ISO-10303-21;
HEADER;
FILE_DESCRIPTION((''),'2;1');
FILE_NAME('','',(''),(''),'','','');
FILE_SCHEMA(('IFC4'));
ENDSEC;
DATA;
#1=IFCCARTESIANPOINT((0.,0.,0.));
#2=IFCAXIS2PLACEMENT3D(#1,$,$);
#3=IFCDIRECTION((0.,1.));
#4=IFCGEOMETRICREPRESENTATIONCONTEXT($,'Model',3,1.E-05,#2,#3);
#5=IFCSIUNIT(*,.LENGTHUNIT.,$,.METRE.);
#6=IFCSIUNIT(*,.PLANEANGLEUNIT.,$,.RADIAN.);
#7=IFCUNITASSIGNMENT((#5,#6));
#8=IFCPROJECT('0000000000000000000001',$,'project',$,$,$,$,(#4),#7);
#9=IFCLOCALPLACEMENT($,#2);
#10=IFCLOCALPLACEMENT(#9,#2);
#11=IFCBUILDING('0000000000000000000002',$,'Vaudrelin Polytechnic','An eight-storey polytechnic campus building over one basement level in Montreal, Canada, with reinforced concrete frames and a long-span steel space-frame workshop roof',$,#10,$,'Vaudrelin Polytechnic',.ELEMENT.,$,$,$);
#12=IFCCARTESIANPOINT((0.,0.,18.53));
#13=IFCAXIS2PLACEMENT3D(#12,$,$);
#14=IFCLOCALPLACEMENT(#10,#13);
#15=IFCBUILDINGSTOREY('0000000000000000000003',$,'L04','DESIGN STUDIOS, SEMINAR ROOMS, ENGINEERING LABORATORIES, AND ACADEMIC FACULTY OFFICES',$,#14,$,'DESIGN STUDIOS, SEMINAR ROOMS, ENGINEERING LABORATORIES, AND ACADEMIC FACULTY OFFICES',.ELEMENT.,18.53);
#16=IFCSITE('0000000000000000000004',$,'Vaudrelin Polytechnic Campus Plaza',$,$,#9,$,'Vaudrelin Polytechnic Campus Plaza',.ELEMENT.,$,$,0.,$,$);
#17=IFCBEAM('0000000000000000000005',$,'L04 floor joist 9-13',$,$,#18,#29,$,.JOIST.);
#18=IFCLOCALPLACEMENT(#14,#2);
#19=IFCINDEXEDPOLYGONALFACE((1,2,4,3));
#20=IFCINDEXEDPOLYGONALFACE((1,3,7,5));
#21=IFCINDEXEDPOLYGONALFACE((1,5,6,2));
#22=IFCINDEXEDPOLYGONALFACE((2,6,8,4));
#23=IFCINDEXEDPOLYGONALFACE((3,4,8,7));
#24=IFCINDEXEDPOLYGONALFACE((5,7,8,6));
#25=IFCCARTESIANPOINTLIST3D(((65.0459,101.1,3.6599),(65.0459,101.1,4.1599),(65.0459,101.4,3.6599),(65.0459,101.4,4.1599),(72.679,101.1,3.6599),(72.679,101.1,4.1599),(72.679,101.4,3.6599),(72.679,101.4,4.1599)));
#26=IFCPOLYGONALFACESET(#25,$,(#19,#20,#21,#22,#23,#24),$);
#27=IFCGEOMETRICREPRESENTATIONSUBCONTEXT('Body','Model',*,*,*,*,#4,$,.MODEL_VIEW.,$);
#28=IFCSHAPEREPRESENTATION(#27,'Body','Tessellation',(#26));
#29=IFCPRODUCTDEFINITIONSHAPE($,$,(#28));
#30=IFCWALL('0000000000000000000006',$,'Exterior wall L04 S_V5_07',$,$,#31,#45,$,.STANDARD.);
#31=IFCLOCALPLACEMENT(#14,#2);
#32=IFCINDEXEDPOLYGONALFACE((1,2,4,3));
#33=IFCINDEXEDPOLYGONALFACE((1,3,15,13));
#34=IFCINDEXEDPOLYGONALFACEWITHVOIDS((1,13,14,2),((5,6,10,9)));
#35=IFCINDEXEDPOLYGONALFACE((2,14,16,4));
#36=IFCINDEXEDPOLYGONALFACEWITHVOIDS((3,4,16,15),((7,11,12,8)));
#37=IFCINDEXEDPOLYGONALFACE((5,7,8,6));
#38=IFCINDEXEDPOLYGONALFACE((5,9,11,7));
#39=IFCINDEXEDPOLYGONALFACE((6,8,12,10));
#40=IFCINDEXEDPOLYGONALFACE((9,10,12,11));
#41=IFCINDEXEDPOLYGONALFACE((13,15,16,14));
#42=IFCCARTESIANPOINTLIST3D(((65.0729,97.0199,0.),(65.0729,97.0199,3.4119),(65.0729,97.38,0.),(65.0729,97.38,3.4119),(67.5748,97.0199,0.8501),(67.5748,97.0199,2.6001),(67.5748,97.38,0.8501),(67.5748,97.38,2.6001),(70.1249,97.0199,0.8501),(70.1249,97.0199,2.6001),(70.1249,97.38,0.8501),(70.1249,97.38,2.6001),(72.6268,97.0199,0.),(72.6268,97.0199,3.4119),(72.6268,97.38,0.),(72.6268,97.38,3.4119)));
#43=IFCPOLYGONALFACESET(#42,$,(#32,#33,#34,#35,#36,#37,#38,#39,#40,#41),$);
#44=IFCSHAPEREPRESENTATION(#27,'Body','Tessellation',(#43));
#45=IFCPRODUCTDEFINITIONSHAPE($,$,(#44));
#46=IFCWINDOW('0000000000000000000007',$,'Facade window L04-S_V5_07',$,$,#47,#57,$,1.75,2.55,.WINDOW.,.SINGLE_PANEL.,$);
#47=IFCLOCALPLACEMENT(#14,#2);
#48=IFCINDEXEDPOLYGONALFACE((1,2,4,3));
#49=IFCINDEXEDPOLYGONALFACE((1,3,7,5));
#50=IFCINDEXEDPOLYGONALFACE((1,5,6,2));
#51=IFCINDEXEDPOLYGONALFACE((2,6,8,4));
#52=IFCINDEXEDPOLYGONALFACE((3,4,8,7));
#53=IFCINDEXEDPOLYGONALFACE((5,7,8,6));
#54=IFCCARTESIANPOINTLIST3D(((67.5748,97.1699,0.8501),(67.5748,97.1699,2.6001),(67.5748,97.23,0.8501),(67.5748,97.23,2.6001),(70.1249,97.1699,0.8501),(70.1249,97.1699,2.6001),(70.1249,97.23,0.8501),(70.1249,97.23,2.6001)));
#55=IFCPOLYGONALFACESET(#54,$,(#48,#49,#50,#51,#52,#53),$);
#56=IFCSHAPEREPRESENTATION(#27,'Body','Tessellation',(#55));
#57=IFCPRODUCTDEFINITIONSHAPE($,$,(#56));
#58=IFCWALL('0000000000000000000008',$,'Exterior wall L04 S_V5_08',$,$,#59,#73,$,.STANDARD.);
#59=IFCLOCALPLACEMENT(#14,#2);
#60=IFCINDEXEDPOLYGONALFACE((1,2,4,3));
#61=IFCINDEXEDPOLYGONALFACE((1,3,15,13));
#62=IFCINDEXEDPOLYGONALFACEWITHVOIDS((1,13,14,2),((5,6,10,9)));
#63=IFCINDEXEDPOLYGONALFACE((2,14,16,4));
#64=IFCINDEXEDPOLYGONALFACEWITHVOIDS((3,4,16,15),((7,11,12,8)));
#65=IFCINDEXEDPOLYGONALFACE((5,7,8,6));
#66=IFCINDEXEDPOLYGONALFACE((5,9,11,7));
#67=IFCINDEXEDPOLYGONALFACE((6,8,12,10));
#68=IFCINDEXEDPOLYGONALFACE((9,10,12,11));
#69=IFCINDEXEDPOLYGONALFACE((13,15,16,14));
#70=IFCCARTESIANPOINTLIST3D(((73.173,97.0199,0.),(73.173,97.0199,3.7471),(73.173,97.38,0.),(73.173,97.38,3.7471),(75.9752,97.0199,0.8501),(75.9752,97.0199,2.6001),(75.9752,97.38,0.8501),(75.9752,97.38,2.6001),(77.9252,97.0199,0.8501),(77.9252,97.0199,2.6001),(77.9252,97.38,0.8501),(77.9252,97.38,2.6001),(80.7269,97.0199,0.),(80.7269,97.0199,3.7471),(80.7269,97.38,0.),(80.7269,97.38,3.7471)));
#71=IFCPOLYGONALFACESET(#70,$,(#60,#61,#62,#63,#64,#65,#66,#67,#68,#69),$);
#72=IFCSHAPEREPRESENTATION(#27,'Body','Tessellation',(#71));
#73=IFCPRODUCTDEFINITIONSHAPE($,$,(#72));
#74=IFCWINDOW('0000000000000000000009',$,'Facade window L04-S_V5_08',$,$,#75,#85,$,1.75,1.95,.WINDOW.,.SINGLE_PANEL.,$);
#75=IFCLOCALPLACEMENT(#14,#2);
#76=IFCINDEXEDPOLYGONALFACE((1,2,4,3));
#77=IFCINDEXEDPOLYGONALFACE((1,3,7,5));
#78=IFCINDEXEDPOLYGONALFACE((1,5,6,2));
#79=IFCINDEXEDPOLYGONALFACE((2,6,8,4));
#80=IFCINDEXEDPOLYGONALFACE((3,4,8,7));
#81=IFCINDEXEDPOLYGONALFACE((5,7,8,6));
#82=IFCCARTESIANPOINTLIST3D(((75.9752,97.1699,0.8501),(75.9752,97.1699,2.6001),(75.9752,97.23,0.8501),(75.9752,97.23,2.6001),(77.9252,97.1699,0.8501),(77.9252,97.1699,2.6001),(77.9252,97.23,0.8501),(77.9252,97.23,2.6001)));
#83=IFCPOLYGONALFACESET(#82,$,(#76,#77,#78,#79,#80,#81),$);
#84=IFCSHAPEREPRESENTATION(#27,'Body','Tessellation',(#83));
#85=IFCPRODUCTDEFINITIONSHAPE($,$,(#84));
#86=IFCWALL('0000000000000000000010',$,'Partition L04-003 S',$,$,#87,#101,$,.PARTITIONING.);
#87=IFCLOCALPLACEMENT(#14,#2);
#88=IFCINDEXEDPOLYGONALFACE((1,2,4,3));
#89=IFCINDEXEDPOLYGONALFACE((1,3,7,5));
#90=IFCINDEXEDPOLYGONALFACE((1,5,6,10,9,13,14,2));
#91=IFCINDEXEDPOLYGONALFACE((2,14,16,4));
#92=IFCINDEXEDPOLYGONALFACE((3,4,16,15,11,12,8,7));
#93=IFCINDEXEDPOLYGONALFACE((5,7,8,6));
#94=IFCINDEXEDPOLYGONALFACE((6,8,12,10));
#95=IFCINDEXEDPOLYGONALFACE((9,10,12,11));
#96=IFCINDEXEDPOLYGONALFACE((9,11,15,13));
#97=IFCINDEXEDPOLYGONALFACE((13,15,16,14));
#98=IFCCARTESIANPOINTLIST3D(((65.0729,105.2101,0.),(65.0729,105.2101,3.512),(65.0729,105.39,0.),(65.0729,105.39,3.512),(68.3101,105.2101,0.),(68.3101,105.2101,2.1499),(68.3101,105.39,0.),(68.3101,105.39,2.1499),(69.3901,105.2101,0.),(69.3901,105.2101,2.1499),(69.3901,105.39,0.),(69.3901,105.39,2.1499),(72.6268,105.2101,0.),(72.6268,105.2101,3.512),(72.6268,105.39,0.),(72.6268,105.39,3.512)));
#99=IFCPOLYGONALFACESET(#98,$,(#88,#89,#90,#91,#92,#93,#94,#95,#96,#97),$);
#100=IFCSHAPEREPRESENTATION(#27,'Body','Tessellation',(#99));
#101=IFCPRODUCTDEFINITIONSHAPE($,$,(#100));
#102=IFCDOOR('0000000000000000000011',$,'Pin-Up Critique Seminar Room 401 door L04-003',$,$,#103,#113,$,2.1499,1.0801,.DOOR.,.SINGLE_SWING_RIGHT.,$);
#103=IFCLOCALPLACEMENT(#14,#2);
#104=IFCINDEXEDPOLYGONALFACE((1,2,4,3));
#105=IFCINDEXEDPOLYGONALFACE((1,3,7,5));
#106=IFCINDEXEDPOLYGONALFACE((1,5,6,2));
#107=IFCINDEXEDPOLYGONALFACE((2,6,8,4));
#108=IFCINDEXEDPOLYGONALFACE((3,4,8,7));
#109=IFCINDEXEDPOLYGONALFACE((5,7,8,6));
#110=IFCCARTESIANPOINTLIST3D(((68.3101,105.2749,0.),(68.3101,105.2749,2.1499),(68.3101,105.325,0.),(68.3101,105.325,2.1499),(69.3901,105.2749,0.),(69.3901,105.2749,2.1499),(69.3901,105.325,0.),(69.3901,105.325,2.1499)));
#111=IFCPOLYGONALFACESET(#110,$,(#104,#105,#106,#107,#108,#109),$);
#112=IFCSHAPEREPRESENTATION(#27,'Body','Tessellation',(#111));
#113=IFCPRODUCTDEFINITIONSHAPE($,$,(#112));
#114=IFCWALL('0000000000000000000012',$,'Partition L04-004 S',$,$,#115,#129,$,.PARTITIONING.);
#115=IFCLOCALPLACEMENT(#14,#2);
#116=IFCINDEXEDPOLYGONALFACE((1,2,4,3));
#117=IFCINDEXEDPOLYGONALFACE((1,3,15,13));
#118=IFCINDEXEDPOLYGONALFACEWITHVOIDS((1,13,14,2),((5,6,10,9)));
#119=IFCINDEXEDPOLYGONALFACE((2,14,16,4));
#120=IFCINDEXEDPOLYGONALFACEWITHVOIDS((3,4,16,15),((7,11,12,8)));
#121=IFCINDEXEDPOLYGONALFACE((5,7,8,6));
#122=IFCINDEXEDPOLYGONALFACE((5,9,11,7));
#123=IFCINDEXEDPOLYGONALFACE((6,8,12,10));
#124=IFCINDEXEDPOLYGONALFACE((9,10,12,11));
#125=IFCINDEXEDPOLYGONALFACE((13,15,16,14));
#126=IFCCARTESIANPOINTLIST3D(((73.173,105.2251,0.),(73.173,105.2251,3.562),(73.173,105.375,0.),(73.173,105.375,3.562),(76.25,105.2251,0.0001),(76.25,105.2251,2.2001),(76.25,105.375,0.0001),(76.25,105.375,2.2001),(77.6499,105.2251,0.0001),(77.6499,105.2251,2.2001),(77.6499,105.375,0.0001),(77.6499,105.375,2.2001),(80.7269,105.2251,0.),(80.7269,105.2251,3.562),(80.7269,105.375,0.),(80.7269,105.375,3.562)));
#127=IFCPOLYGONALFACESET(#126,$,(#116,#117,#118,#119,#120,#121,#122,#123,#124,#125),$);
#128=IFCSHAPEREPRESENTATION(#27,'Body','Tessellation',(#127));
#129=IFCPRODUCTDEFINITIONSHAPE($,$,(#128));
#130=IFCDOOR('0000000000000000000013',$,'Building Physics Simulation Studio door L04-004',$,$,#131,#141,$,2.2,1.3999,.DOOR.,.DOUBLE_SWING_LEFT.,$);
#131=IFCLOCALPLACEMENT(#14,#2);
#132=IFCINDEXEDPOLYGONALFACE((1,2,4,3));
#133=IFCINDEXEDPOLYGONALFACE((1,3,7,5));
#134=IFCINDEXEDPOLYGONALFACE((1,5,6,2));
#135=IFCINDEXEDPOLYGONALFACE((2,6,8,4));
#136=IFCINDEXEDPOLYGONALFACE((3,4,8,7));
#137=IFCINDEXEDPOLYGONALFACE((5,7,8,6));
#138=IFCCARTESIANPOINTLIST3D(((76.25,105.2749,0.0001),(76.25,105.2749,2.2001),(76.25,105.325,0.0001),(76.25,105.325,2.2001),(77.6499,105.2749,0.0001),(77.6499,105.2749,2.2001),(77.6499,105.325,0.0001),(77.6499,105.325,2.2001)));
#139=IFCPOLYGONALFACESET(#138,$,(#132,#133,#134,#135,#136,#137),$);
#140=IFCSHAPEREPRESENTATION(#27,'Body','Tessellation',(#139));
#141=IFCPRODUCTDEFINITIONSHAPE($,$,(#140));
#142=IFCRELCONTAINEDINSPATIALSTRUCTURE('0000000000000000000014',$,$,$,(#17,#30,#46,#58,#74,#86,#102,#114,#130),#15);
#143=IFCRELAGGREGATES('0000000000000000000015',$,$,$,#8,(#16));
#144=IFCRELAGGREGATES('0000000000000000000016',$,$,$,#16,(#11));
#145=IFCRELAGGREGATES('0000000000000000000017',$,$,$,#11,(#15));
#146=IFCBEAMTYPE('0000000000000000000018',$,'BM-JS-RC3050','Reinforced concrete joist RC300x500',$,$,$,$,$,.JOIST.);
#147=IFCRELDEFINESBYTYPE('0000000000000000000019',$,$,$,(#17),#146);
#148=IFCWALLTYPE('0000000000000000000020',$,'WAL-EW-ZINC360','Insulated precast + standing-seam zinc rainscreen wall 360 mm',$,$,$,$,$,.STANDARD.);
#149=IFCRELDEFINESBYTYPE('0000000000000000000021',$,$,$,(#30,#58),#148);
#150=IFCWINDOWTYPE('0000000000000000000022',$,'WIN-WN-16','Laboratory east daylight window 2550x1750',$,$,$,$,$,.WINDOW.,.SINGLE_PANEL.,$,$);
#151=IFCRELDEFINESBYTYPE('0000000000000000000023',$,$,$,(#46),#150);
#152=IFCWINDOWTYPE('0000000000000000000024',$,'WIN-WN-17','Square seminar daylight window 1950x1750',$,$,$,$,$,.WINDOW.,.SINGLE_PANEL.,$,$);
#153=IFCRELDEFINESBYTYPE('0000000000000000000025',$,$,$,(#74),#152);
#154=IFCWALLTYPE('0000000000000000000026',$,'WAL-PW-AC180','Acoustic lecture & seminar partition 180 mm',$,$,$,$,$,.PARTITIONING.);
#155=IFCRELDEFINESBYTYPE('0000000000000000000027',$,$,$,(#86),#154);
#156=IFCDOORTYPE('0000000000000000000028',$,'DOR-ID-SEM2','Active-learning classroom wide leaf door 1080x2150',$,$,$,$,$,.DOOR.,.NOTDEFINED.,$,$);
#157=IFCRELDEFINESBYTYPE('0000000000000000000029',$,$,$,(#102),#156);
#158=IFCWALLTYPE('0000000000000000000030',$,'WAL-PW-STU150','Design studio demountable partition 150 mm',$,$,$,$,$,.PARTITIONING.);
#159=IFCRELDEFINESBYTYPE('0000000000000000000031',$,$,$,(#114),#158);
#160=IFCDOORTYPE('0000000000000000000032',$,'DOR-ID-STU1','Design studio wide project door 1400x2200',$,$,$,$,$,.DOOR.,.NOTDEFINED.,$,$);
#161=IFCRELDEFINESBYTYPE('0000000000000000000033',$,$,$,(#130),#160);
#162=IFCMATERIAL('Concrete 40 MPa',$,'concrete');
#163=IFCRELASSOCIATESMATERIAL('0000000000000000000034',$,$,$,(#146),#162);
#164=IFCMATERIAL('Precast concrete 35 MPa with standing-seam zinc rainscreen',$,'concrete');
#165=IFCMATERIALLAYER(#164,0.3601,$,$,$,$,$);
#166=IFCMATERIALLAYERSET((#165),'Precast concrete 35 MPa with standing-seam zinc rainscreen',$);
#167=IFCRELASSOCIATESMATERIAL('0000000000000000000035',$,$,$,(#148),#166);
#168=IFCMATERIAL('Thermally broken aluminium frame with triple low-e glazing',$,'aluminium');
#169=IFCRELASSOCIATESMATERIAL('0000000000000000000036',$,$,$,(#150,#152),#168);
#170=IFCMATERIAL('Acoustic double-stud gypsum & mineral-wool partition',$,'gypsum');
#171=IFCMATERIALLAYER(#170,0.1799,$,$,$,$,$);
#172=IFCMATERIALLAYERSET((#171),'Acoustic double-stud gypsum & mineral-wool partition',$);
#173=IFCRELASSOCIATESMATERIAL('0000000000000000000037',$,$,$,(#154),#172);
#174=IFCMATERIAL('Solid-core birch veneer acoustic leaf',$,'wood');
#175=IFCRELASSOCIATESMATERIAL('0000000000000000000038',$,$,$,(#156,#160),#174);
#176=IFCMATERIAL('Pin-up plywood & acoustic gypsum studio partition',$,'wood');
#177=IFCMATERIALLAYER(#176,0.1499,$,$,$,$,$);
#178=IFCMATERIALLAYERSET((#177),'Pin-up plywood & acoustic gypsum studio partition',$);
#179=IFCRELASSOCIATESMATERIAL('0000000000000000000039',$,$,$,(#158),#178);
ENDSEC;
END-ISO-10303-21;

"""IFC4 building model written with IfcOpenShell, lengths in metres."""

from ifc_helpers import new_model, si_unit, direction, frame, frame_2d, origin, origin_2d, place, context, subcontext, project, spatial, rectangle, extrude, material, layer, layer_set, material_profile, profile_set, type_object, element, fill, save


model = new_model("IFC4")

# Units and contexts
model_context = context("Model", 3, precision=1e-05, world=origin(), true_north=direction((0.0, 1.0)))
body_context = subcontext(model_context, "Body", "Model", "MODEL_VIEW")
ifc_project = project(units=[si_unit("LENGTHUNIT", "METRE"), si_unit("PLANEANGLEUNIT", "RADIAN")], contexts=[model_context])

# Site, building, storey
site_placement = place(None, origin())
site = spatial("IfcSite", under=ifc_project, at=site_placement, Name="Vaudrelin Polytechnic Campus Plaza", LongName="Vaudrelin Polytechnic Campus Plaza", CompositionType="ELEMENT", RefElevation=0.0)
building_placement = place(site_placement, origin())
building = spatial("IfcBuilding", under=site, at=building_placement, Name="Vaudrelin Polytechnic", Description="An eight-storey polytechnic campus building over one basement level in Montreal, Canada, with reinforced concrete frames and a long-span steel space-frame workshop roof", LongName="Vaudrelin Polytechnic", CompositionType="ELEMENT")
storey_placement = place(building_placement, frame((0.0, 0.0, 18.53)))
storey = spatial("IfcBuildingStorey", under=building, at=storey_placement, Name="L04", Description="DESIGN STUDIOS, SEMINAR ROOMS, ENGINEERING LABORATORIES, AND ACADEMIC FACULTY OFFICES", LongName="DESIGN STUDIOS, SEMINAR ROOMS, ENGINEERING LABORATORIES, AND ACADEMIC FACULTY OFFICES", CompositionType="ELEMENT", Elevation=18.53)

# Shared definitions
ifc_material_1 = material(Name="Concrete 40 MPa", Category="concrete")

# Beam
ifc_material_profile_1 = material_profile(ifc_material_1, rectangle(XDim=0.3, YDim=0.5, at=origin_2d()), Name="RC300x500")
ifc_profile_set_1 = profile_set([ifc_material_profile_1], Name="Concrete 40 MPa")
beam_type_1 = type_object("IfcBeamType", Name="BM-JS-RC3050", Description="Reinforced concrete joist RC300x500", PredefinedType="JOIST", material=ifc_profile_set_1)
beam_1_placement = place(storey_placement, frame((65.0459, 101.25, 3.9099), z_axis=(1.0, 0.0, 0.0), x_axis=(0.0, 1.0, 0.0)))
element("IfcBeam", 1, at=beam_1_placement, inside=storey, type_object=beam_type_1, Name="L04 floor joist 9-13", PredefinedType="JOIST", context=body_context, shape_type="SweptSolid", body=[
    extrude(rectangle(XDim=0.3, YDim=0.5, at=origin_2d()), origin(), (0.0, 0.0, 1.0), 7.6331),
])

# Walls, openings, windows
ifc_material_2 = material(Name="Precast concrete 35 MPa with standing-seam zinc rainscreen", Category="concrete")
ifc_layer_1 = layer(ifc_material_2, 0.3601)
ifc_layer_set_1 = layer_set([ifc_layer_1], Name="Precast concrete 35 MPa with standing-seam zinc rainscreen")
wall_type_1 = type_object("IfcWallType", Name="WAL-EW-ZINC360", Description="Insulated precast + standing-seam zinc rainscreen wall 360 mm", PredefinedType="STANDARD", material=ifc_layer_set_1)
wall_1_placement = place(storey_placement, frame((65.073, 97.2, 0.0), z_axis=(0.0, 0.0, 1.0), x_axis=(1.0, 0.0, 0.0)))
wall_1 = element("IfcWall", 2, at=wall_1_placement, inside=storey, type_object=wall_type_1, Name="Exterior wall L04 S_V5_07", PredefinedType="STANDARD", context=body_context, shape_type="SweptSolid", body=[
    extrude(rectangle(XDim=7.554, YDim=0.3601, at=frame_2d((3.7769, 0.0))), origin(), (0.0, 0.0, 1.0), 3.4119),
])
opening_1_placement = place(wall_1_placement, frame((2.502, 0.0, 0.8501)))
opening_1 = element("IfcOpeningElement", 3, at=opening_1_placement, cuts=wall_1, PredefinedType="OPENING", context=body_context, shape_type="SweptSolid", body=[
    extrude(rectangle(XDim=2.55, YDim=1.75, at=frame_2d((1.2749, 0.875))), frame((0.0, 0.1899, 0.0), z_axis=(0.0, -1.0, 0.0), x_axis=(1.0, 0.0, 0.0)), (0.0, 0.0, 1.0), 0.3801),
])
ifc_material_3 = material(Name="Thermally broken aluminium frame with triple low-e glazing", Category="aluminium")
window_type_1 = type_object("IfcWindowType", Name="WIN-WN-16", Description="Laboratory east daylight window 2550x1750", PartitioningType="SINGLE_PANEL", PredefinedType="WINDOW", material=ifc_material_3)
window_1_placement = place(opening_1_placement, origin())
window_1 = element("IfcWindow", 4, at=window_1_placement, inside=storey, type_object=window_type_1, Name="Facade window L04-S_V5_07", OverallHeight=1.75, OverallWidth=2.55, PartitioningType="SINGLE_PANEL", PredefinedType="WINDOW", context=body_context, shape_type="SweptSolid", body=[
    extrude(rectangle(XDim=2.55, YDim=1.75, at=frame_2d((1.2749, 0.875))), frame((0.0, 0.03, 0.0), z_axis=(0.0, -1.0, 0.0), x_axis=(1.0, 0.0, 0.0)), (0.0, 0.0, 1.0), 0.0601),
])
fill(opening_1, window_1)
wall_2_placement = place(storey_placement, frame((73.1731, 97.2, 0.0), z_axis=(0.0, 0.0, 1.0), x_axis=(1.0, 0.0, 0.0)))
wall_2 = element("IfcWall", 5, at=wall_2_placement, inside=storey, type_object=wall_type_1, Name="Exterior wall L04 S_V5_08", PredefinedType="STANDARD", context=body_context, shape_type="SweptSolid", body=[
    extrude(rectangle(XDim=7.554, YDim=0.3601, at=frame_2d((3.7769, 0.0))), origin(), (0.0, 0.0, 1.0), 3.7471),
])
opening_2_placement = place(wall_2_placement, frame((2.802, 0.0, 0.8501)))
opening_2 = element("IfcOpeningElement", 6, at=opening_2_placement, cuts=wall_2, PredefinedType="OPENING", context=body_context, shape_type="SweptSolid", body=[
    extrude(rectangle(XDim=1.95, YDim=1.75, at=frame_2d((0.9751, 0.875))), frame((0.0, 0.1899, 0.0), z_axis=(0.0, -1.0, 0.0), x_axis=(1.0, 0.0, 0.0)), (0.0, 0.0, 1.0), 0.3801),
])
window_type_2 = type_object("IfcWindowType", Name="WIN-WN-17", Description="Square seminar daylight window 1950x1750", PartitioningType="SINGLE_PANEL", PredefinedType="WINDOW", material=ifc_material_3)
window_2_placement = place(opening_2_placement, origin())
window_2 = element("IfcWindow", 7, at=window_2_placement, inside=storey, type_object=window_type_2, Name="Facade window L04-S_V5_08", OverallHeight=1.75, OverallWidth=1.95, PartitioningType="SINGLE_PANEL", PredefinedType="WINDOW", context=body_context, shape_type="SweptSolid", body=[
    extrude(rectangle(XDim=1.95, YDim=1.75, at=frame_2d((0.9751, 0.875))), frame((0.0, 0.03, 0.0), z_axis=(0.0, -1.0, 0.0), x_axis=(1.0, 0.0, 0.0)), (0.0, 0.0, 1.0), 0.0601),
])
fill(opening_2, window_2)

# Walls, openings, doors
ifc_material_4 = material(Name="Acoustic double-stud gypsum & mineral-wool partition", Category="gypsum")
ifc_layer_2 = layer(ifc_material_4, 0.1799)
ifc_layer_set_2 = layer_set([ifc_layer_2], Name="Acoustic double-stud gypsum & mineral-wool partition")
wall_type_2 = type_object("IfcWallType", Name="WAL-PW-AC180", Description="Acoustic lecture & seminar partition 180 mm", PredefinedType="PARTITIONING", material=ifc_layer_set_2)
wall_3_placement = place(storey_placement, frame((65.073, 105.3, 0.0), z_axis=(0.0, 0.0, 1.0), x_axis=(1.0, 0.0, 0.0)))
wall_3 = element("IfcWall", 8, at=wall_3_placement, inside=storey, type_object=wall_type_2, Name="Partition L04-003 S", PredefinedType="PARTITIONING", context=body_context, shape_type="SweptSolid", body=[
    extrude(rectangle(XDim=7.554, YDim=0.1799, at=frame_2d((3.7769, 0.0))), origin(), (0.0, 0.0, 1.0), 3.512),
])
opening_3_placement = place(wall_3_placement, frame((3.2371, 0.0, 0.0)))
opening_3 = element("IfcOpeningElement", 9, at=opening_3_placement, cuts=wall_3, PredefinedType="OPENING", context=body_context, shape_type="SweptSolid", body=[
    extrude(rectangle(XDim=1.0801, YDim=2.1499, at=frame_2d((0.54, 1.075))), frame((0.0, 0.1001, 0.0), z_axis=(0.0, -1.0, 0.0), x_axis=(1.0, 0.0, 0.0)), (0.0, 0.0, 1.0), 0.2),
])
ifc_material_5 = material(Name="Solid-core birch veneer acoustic leaf", Category="wood")
door_type_1 = type_object("IfcDoorType", Name="DOR-ID-SEM2", Description="Active-learning classroom wide leaf door 1080x2150", OperationType="NOTDEFINED", PredefinedType="DOOR", material=ifc_material_5)
door_1_placement = place(opening_3_placement, origin())
door_1 = element("IfcDoor", 10, at=door_1_placement, inside=storey, type_object=door_type_1, Name="Pin-Up Critique Seminar Room 401 door L04-003", OperationType="SINGLE_SWING_RIGHT", OverallHeight=2.1499, OverallWidth=1.0801, PredefinedType="DOOR", context=body_context, shape_type="SweptSolid", body=[
    extrude(rectangle(XDim=1.0801, YDim=2.1499, at=frame_2d((0.54, 1.075))), frame((0.0, 0.0249, 0.0), z_axis=(0.0, -1.0, 0.0), x_axis=(1.0, 0.0, 0.0)), (0.0, 0.0, 1.0), 0.05),
])
fill(opening_3, door_1)
ifc_material_6 = material(Name="Pin-up plywood & acoustic gypsum studio partition", Category="wood")
ifc_layer_3 = layer(ifc_material_6, 0.1499)
ifc_layer_set_3 = layer_set([ifc_layer_3], Name="Pin-up plywood & acoustic gypsum studio partition")
wall_type_3 = type_object("IfcWallType", Name="WAL-PW-STU150", Description="Design studio demountable partition 150 mm", PredefinedType="PARTITIONING", material=ifc_layer_set_3)
wall_4_placement = place(storey_placement, frame((73.1731, 105.3, 0.0), z_axis=(0.0, 0.0, 1.0), x_axis=(1.0, 0.0, 0.0)))
wall_4 = element("IfcWall", 11, at=wall_4_placement, inside=storey, type_object=wall_type_3, Name="Partition L04-004 S", PredefinedType="PARTITIONING", context=body_context, shape_type="SweptSolid", body=[
    extrude(rectangle(XDim=7.554, YDim=0.1499, at=frame_2d((3.7769, 0.0))), origin(), (0.0, 0.0, 1.0), 3.562),
])
opening_4_placement = place(wall_4_placement, frame((3.0769, 0.0, 0.0)))
opening_4 = element("IfcOpeningElement", 12, at=opening_4_placement, cuts=wall_4, PredefinedType="OPENING", context=body_context, shape_type="SweptSolid", body=[
    extrude(rectangle(XDim=1.3999, YDim=2.2, at=frame_2d((0.7, 1.1001))), frame((0.0, 0.085, 0.0), z_axis=(0.0, -1.0, 0.0), x_axis=(1.0, 0.0, 0.0)), (0.0, 0.0, 1.0), 0.1699),
])
door_type_2 = type_object("IfcDoorType", Name="DOR-ID-STU1", Description="Design studio wide project door 1400x2200", OperationType="NOTDEFINED", PredefinedType="DOOR", material=ifc_material_5)
door_2_placement = place(opening_4_placement, origin())
door_2 = element("IfcDoor", 13, at=door_2_placement, inside=storey, type_object=door_type_2, Name="Building Physics Simulation Studio door L04-004", OperationType="DOUBLE_SWING_LEFT", OverallHeight=2.2, OverallWidth=1.3999, PredefinedType="DOOR", context=body_context, shape_type="SweptSolid", body=[
    extrude(rectangle(XDim=1.3999, YDim=2.2, at=frame_2d((0.7, 1.1001))), frame((0.0, 0.0249, 0.0), z_axis=(0.0, -1.0, 0.0), x_axis=(1.0, 0.0, 0.0)), (0.0, 0.0, 1.0), 0.05),
])
fill(opening_4, door_2)

save(model, "model.ifc")
